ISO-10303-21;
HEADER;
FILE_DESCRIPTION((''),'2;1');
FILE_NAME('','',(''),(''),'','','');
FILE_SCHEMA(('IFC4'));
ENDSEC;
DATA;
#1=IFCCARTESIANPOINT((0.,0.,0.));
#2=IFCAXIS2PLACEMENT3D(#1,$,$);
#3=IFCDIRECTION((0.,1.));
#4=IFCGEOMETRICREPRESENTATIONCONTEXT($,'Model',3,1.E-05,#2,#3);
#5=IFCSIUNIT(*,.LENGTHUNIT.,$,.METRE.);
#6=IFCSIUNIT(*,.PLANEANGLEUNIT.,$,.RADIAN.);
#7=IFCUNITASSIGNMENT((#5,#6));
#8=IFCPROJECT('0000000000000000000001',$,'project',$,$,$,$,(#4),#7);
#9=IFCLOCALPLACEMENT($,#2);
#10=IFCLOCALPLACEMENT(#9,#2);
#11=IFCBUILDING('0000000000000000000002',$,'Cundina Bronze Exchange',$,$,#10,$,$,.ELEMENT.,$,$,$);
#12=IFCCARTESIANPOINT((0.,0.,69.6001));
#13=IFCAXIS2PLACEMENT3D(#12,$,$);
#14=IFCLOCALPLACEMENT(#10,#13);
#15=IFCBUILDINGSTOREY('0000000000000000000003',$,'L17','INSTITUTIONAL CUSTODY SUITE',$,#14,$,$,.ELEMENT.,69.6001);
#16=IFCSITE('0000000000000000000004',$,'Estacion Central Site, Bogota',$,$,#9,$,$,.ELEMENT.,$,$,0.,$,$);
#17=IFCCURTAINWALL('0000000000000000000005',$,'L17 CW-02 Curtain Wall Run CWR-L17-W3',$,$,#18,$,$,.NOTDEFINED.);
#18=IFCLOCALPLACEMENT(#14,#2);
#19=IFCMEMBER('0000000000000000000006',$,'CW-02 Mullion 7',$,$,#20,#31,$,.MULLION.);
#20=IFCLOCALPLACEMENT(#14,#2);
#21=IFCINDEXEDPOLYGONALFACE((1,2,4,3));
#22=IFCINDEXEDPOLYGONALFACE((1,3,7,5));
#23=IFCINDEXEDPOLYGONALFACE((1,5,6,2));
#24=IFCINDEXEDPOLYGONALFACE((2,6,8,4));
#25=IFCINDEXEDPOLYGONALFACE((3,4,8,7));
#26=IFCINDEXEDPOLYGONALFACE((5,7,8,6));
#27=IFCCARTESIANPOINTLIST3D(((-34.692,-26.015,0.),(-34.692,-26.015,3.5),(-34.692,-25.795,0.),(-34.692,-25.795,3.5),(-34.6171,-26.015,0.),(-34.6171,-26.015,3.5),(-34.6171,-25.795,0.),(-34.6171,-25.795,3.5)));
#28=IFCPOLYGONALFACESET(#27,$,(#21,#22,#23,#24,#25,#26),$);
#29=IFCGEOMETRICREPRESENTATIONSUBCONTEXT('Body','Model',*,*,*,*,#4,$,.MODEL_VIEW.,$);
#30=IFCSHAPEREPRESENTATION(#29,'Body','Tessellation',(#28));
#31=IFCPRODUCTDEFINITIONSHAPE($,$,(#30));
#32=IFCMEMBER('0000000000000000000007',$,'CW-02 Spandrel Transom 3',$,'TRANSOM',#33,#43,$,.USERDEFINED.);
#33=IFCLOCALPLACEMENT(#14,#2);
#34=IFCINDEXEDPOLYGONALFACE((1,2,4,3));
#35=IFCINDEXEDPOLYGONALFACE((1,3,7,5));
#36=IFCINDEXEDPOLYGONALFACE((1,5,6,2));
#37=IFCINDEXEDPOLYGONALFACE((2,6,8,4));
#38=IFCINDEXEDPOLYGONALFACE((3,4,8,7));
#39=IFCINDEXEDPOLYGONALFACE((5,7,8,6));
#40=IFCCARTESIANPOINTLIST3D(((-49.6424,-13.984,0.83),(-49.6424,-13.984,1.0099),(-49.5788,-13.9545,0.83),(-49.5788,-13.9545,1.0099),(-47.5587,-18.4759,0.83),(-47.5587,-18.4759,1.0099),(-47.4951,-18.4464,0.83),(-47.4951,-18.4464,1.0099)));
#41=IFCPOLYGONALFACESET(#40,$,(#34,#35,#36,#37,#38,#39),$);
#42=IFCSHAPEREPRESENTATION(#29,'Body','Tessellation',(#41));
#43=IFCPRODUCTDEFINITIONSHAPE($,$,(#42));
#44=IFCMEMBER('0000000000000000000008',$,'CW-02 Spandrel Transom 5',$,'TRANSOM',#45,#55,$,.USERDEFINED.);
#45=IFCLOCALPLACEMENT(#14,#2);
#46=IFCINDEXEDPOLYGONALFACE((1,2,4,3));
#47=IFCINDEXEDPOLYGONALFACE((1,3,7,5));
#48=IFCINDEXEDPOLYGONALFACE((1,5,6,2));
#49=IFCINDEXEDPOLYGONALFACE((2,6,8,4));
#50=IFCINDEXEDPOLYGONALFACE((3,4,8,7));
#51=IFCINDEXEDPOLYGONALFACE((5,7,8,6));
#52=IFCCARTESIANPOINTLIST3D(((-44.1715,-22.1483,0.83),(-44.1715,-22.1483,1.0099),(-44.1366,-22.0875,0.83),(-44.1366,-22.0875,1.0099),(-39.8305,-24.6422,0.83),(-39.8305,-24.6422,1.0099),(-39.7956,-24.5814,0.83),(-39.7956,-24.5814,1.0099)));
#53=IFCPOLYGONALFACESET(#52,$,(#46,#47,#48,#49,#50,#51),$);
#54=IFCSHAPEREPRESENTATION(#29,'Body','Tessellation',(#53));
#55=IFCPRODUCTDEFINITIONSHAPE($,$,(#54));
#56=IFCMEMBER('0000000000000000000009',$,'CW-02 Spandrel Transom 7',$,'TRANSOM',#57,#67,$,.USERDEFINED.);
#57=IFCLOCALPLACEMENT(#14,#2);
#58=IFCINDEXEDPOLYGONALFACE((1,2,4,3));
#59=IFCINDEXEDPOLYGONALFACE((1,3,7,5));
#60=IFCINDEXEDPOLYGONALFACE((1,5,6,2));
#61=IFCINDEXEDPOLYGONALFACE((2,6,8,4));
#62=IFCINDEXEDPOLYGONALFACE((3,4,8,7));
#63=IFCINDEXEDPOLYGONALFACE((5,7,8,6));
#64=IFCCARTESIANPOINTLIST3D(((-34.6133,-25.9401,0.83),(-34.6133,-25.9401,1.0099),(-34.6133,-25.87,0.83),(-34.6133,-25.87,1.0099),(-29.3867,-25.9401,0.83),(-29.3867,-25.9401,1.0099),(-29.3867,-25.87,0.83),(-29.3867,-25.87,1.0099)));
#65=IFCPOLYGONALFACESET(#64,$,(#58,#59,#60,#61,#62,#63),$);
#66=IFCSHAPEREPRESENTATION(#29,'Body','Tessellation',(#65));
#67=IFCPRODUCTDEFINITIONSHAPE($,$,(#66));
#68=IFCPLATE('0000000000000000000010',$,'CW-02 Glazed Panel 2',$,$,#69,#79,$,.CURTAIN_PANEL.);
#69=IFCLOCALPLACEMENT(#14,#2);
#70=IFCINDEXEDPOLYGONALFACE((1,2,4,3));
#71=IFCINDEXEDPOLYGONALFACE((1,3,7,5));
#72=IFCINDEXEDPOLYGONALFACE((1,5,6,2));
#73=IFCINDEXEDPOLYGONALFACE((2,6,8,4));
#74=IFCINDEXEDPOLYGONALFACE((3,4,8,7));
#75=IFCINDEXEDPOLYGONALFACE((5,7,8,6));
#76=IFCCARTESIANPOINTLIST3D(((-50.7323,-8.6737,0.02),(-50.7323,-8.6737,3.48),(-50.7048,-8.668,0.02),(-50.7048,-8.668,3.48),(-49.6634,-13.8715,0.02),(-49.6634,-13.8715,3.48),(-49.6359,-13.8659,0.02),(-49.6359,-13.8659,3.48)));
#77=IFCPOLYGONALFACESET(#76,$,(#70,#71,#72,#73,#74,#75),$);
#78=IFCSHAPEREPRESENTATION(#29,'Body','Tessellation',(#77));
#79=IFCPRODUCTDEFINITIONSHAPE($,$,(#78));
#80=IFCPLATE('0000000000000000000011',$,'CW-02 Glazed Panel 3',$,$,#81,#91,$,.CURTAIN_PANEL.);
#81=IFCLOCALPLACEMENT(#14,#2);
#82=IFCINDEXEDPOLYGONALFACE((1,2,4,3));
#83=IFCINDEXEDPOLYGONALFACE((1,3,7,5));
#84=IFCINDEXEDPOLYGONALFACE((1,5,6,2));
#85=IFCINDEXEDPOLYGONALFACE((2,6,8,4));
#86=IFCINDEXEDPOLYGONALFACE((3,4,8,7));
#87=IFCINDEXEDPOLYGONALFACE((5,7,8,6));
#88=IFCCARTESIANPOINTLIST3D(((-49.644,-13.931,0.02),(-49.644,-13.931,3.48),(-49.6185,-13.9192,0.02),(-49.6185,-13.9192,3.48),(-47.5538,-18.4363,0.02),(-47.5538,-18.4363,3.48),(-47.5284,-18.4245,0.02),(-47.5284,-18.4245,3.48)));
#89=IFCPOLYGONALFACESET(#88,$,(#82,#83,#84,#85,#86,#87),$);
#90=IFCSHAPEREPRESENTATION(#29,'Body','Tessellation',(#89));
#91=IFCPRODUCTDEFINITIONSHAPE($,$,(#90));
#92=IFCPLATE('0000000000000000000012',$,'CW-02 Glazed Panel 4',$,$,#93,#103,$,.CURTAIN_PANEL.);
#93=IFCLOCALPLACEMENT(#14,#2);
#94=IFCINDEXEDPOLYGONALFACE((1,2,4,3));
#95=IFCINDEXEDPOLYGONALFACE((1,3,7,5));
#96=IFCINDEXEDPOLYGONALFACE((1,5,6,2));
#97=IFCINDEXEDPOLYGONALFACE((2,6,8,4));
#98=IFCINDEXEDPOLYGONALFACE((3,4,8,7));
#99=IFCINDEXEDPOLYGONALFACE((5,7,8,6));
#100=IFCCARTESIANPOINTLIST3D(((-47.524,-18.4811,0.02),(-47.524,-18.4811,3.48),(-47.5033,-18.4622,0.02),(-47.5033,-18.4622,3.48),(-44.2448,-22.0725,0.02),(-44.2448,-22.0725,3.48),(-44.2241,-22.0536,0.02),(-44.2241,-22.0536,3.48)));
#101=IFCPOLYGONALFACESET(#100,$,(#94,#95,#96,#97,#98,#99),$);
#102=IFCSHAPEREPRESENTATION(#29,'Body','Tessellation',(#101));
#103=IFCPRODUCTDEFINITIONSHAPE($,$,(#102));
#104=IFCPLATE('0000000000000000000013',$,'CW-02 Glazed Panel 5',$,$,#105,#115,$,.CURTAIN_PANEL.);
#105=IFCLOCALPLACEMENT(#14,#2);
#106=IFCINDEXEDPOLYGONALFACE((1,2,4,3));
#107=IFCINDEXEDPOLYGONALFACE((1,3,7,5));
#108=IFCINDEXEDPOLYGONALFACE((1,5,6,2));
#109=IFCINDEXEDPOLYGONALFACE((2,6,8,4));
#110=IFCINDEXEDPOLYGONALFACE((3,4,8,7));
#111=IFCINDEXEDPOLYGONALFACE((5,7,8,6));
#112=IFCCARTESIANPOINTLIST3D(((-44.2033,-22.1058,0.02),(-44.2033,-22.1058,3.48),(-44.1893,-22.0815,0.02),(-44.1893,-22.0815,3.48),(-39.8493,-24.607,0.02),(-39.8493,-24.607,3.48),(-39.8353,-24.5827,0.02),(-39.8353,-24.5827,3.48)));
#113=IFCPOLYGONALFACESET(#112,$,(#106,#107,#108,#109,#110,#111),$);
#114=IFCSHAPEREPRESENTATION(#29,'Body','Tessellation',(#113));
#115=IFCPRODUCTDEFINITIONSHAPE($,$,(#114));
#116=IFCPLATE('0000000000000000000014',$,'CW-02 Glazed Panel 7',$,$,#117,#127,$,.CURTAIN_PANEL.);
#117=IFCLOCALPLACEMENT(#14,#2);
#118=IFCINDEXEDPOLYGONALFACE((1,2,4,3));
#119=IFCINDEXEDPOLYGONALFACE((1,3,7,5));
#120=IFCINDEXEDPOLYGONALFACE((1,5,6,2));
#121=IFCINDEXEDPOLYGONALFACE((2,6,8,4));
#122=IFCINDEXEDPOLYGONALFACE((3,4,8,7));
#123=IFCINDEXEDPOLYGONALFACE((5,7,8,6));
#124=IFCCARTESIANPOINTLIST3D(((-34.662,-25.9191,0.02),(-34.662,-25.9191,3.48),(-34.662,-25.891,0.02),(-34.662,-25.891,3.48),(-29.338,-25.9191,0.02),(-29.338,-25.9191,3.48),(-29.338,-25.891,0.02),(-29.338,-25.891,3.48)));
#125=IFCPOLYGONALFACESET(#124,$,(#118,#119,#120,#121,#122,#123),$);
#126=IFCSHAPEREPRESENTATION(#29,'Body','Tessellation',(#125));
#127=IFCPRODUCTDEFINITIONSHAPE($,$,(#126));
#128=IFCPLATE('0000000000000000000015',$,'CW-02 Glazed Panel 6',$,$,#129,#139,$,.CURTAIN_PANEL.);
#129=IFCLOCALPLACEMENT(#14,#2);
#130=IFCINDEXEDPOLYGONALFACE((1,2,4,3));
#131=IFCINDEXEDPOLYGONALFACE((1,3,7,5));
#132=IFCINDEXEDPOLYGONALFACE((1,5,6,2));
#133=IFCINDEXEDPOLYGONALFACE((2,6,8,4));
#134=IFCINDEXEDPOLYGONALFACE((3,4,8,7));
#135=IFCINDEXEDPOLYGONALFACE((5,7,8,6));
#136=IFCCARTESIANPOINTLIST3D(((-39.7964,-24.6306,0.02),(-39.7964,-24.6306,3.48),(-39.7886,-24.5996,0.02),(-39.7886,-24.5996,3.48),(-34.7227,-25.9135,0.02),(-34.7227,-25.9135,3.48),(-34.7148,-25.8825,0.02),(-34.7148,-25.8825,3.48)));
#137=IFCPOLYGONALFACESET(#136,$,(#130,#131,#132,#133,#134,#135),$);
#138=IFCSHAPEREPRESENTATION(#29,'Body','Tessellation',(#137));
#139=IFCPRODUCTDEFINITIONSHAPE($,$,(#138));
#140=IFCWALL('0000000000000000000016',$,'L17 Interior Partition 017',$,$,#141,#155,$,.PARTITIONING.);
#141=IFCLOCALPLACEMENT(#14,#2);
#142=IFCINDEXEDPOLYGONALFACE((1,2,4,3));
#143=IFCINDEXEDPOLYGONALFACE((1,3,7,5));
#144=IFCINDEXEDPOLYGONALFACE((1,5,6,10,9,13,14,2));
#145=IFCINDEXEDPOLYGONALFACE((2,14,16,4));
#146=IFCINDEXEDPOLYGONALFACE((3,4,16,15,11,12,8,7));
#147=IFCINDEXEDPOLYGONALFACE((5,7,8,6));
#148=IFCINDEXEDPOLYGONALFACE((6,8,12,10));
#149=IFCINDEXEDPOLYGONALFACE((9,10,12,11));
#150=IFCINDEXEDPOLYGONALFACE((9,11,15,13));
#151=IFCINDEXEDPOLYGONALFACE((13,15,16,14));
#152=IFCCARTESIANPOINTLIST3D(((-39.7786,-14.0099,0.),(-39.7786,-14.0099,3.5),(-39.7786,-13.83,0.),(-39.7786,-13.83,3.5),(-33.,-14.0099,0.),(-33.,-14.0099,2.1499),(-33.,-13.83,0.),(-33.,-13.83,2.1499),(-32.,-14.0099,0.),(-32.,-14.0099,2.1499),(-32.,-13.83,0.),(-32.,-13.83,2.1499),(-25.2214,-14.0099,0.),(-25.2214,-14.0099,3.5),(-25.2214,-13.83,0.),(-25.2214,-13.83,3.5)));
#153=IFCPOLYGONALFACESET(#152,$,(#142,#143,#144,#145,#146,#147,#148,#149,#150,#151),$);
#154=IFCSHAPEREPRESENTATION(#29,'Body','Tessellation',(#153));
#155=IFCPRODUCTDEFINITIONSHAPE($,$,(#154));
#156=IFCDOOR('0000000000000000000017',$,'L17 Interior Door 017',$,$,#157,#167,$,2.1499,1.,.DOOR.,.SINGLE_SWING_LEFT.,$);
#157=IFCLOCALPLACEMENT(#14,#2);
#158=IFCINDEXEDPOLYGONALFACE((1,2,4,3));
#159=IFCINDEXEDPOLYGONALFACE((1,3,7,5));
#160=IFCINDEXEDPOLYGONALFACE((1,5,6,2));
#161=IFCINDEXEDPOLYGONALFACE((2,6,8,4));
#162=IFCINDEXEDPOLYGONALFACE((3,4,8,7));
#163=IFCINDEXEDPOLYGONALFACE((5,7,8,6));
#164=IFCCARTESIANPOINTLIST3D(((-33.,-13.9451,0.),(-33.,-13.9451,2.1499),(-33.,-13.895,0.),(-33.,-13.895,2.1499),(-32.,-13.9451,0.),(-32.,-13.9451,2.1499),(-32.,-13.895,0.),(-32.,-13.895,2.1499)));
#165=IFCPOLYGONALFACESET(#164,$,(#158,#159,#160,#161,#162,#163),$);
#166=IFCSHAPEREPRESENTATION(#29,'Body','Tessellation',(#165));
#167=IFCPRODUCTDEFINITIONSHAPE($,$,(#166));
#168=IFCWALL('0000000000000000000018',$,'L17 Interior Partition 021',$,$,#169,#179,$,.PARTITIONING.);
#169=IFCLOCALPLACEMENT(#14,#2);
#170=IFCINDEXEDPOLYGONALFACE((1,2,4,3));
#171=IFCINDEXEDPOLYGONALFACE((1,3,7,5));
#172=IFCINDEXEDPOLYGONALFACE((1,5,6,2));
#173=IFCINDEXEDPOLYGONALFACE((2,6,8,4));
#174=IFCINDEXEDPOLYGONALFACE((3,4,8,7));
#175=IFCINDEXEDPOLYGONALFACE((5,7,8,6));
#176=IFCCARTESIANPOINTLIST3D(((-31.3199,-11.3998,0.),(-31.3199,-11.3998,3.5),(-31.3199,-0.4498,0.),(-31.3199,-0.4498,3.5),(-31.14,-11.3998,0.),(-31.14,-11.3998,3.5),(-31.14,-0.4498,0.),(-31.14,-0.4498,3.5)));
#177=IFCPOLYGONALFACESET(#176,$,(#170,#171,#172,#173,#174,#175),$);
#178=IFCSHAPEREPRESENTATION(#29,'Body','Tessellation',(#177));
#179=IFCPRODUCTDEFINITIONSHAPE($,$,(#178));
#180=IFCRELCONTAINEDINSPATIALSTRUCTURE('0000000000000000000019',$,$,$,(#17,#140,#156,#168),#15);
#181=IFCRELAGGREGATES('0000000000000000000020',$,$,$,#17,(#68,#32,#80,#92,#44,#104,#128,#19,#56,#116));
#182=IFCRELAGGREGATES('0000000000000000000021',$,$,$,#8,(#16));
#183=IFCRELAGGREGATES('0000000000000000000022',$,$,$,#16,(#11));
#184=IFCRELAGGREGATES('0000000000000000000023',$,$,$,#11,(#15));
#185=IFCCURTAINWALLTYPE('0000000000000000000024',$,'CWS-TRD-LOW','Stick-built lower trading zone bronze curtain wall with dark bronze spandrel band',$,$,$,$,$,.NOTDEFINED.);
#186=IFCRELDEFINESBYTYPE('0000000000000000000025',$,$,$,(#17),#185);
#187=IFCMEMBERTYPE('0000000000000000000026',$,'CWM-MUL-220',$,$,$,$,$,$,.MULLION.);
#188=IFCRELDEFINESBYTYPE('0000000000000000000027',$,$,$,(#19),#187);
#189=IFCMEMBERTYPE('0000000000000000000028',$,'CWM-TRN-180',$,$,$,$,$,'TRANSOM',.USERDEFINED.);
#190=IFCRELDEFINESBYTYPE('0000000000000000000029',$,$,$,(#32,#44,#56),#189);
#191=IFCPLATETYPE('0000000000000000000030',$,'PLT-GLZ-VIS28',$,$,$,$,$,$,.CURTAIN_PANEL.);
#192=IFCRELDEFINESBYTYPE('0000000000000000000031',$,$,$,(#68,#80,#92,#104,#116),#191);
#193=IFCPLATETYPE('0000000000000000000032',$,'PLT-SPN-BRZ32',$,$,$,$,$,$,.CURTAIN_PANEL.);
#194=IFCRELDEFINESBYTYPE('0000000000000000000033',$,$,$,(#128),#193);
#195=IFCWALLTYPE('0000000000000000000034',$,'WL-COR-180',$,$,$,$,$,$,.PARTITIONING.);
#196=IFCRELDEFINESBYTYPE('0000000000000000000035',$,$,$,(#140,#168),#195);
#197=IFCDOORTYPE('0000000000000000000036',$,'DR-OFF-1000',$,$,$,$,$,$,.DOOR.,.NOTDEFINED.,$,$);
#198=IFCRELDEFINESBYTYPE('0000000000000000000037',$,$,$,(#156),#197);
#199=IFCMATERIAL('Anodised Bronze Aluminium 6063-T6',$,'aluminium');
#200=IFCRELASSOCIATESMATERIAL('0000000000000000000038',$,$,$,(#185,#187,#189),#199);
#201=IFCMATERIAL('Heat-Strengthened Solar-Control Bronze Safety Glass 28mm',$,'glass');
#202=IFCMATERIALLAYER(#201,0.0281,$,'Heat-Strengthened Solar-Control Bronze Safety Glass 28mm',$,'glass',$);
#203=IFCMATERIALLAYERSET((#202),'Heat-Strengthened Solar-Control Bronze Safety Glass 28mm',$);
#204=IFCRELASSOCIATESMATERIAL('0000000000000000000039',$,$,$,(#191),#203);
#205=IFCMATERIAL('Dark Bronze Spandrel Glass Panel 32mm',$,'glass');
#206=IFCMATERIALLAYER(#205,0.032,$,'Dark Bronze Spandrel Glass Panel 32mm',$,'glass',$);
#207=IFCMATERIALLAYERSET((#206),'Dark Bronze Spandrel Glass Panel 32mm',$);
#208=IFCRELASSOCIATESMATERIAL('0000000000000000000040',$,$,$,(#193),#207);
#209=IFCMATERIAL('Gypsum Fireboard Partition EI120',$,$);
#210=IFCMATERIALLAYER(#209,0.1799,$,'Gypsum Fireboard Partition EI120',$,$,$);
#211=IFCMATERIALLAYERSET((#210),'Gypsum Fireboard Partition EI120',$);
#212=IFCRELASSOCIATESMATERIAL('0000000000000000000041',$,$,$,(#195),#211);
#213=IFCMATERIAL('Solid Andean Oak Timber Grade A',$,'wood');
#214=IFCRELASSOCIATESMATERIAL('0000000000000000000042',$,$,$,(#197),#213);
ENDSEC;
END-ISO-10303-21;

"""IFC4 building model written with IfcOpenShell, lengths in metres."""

from ifc_helpers import new_model, si_unit, direction, frame, frame_2d, origin, origin_2d, place, context, subcontext, project, spatial, rectangle, extrude, material, layer, layer_set, material_profile, profile_set, type_object, element, fill, aggregate, save


model = new_model("IFC4")

# Units and contexts
model_context = context("Model", 3, precision=1e-05, world=origin(), true_north=direction((0.0, 1.0)))
body_context = subcontext(model_context, "Body", "Model", "MODEL_VIEW")
ifc_project = project(units=[si_unit("LENGTHUNIT", "METRE"), si_unit("PLANEANGLEUNIT", "RADIAN")], contexts=[model_context])

# Site, building, storey
site_placement = place(None, origin())
site = spatial("IfcSite", under=ifc_project, at=site_placement, Name="Estacion Central Site, Bogota", CompositionType="ELEMENT", RefElevation=0.0)
building_placement = place(site_placement, origin())
building = spatial("IfcBuilding", under=site, at=building_placement, Name="Cundina Bronze Exchange", CompositionType="ELEMENT")
storey_placement = place(building_placement, frame((0.0, 0.0, 69.6001)))
storey = spatial("IfcBuildingStorey", under=building, at=storey_placement, Name="L17", Description="INSTITUTIONAL CUSTODY SUITE", CompositionType="ELEMENT", Elevation=69.6001)

# Curtain wall, members, plates
ifc_material_1 = material(Name="Anodised Bronze Aluminium 6063-T6", Category="aluminium")
curtain_wall_type = type_object("IfcCurtainWallType", Name="CWS-TRD-LOW", Description="Stick-built lower trading zone bronze curtain wall with dark bronze spandrel band", PredefinedType="NOTDEFINED", material=ifc_material_1)
curtain_wall_placement = place(storey_placement, origin())
curtain_wall = element("IfcCurtainWall", 1, at=curtain_wall_placement, inside=storey, type_object=curtain_wall_type, Name="L17 CW-02 Curtain Wall Run CWR-L17-W3", PredefinedType="NOTDEFINED")
ifc_material_profile_1 = material_profile(ifc_material_1, rectangle(XDim=0.075, YDim=0.22, at=origin_2d()), Name="AL75X220", Category="aluminium")
ifc_profile_set_1 = profile_set([ifc_material_profile_1], Name="Anodised Bronze Aluminium 6063-T6")
member_type_1 = type_object("IfcMemberType", Name="CWM-MUL-220", PredefinedType="MULLION", material=ifc_profile_set_1)
member_1_placement = place(storey_placement, frame((-34.6545, -25.905, 0.0), z_axis=(0.0, 0.0, 1.0), x_axis=(1.0, 0.0, 0.0)))
member_1 = element("IfcMember", 2, at=member_1_placement, type_object=member_type_1, Name="CW-02 Mullion 7", PredefinedType="MULLION", context=body_context, shape_type="SweptSolid", body=[
    extrude(rectangle(XDim=0.075, YDim=0.22, at=origin_2d()), origin(), (0.0, 0.0, 1.0), 3.5),
])
ifc_material_profile_2 = material_profile(ifc_material_1, rectangle(XDim=0.0701, YDim=0.1799, at=origin_2d()), Name="AL70X180", Category="aluminium")
ifc_profile_set_2 = profile_set([ifc_material_profile_2], Name="Anodised Bronze Aluminium 6063-T6")
member_type_2 = type_object("IfcMemberType", Name="CWM-TRN-180", ElementType="TRANSOM", PredefinedType="USERDEFINED", material=ifc_profile_set_2)
member_2_placement = place(storey_placement, frame((-49.6106, -13.9692, 0.9199), z_axis=(0.420811, -0.907148, 0.0), x_axis=(0.907148, 0.420811, 0.0)))
member_2 = element("IfcMember", 3, at=member_2_placement, type_object=member_type_2, Name="CW-02 Spandrel Transom 3", ObjectType="TRANSOM", PredefinedType="USERDEFINED", context=body_context, shape_type="SweptSolid", body=[
    extrude(rectangle(XDim=0.0701, YDim=0.1799, at=origin_2d()), origin(), (0.0, 0.0, 1.0), 4.9517),
])
member_3_placement = place(storey_placement, frame((-44.1541, -22.1179, 0.9199), z_axis=(0.867097, -0.498139, 0.0), x_axis=(0.498139, 0.867097, 0.0)))
member_3 = element("IfcMember", 4, at=member_3_placement, type_object=member_type_2, Name="CW-02 Spandrel Transom 5", ObjectType="TRANSOM", PredefinedType="USERDEFINED", context=body_context, shape_type="SweptSolid", body=[
    extrude(rectangle(XDim=0.0701, YDim=0.1799, at=origin_2d()), origin(), (0.0, 0.0, 1.0), 5.0063),
])
member_4_placement = place(storey_placement, frame((-34.6133, -25.905, 0.9199), z_axis=(1.0, 0.0, 0.0), x_axis=(0.0, 1.0, 0.0)))
member_4 = element("IfcMember", 5, at=member_4_placement, type_object=member_type_2, Name="CW-02 Spandrel Transom 7", ObjectType="TRANSOM", PredefinedType="USERDEFINED", context=body_context, shape_type="SweptSolid", body=[
    extrude(rectangle(XDim=0.0701, YDim=0.1799, at=origin_2d()), origin(), (0.0, 0.0, 1.0), 5.2266),
])
ifc_material_2 = material(Name="Heat-Strengthened Solar-Control Bronze Safety Glass 28mm", Category="glass")
ifc_layer_1 = layer(ifc_material_2, 0.0281, Name="Heat-Strengthened Solar-Control Bronze Safety Glass 28mm", Category="glass")
ifc_layer_set_1 = layer_set([ifc_layer_1], Name="Heat-Strengthened Solar-Control Bronze Safety Glass 28mm")
plate_type_1 = type_object("IfcPlateType", Name="PLT-GLZ-VIS28", PredefinedType="CURTAIN_PANEL", material=ifc_layer_set_1)
plate_1_placement = place(storey_placement, frame((-50.1841, -11.2698, 0.02), z_axis=(0.0, 0.0, 1.0), x_axis=(0.20142, -0.979505, 0.0)))
plate_1 = element("IfcPlate", 6, at=plate_1_placement, type_object=plate_type_1, Name="CW-02 Glazed Panel 2", PredefinedType="CURTAIN_PANEL", context=body_context, shape_type="SweptSolid", body=[
    extrude(rectangle(XDim=5.3066, YDim=0.0281, at=origin_2d()), origin(), (0.0, 0.0, 1.0), 3.46),
])
plate_2_placement = place(storey_placement, frame((-48.5862, -16.1777, 0.02), z_axis=(0.0, 0.0, 1.0), x_axis=(0.420846, -0.907132, 0.0)))
plate_2 = element("IfcPlate", 7, at=plate_2_placement, type_object=plate_type_1, Name="CW-02 Glazed Panel 3", PredefinedType="CURTAIN_PANEL", context=body_context, shape_type="SweptSolid", body=[
    extrude(rectangle(XDim=4.9666, YDim=0.0281, at=origin_2d()), origin(), (0.0, 0.0, 1.0), 3.46),
])
plate_3_placement = place(storey_placement, frame((-45.874, -20.2673, 0.02), z_axis=(0.0, 0.0, 1.0), x_axis=(0.674277, -0.738479, 0.0)))
plate_3 = element("IfcPlate", 8, at=plate_3_placement, type_object=plate_type_1, Name="CW-02 Glazed Panel 4", PredefinedType="CURTAIN_PANEL", context=body_context, shape_type="SweptSolid", body=[
    extrude(rectangle(XDim=4.8633, YDim=0.0281, at=origin_2d()), origin(), (0.0, 0.0, 1.0), 3.46),
])
plate_4_placement = place(storey_placement, frame((-42.0193, -23.3442, 0.02), z_axis=(0.0, 0.0, 1.0), x_axis=(0.867105, -0.498125, 0.0)))
plate_4 = element("IfcPlate", 9, at=plate_4_placement, type_object=plate_type_1, Name="CW-02 Glazed Panel 5", PredefinedType="CURTAIN_PANEL", context=body_context, shape_type="SweptSolid", body=[
    extrude(rectangle(XDim=5.0212, YDim=0.0281, at=origin_2d()), origin(), (0.0, 0.0, 1.0), 3.46),
])
plate_5_placement = place(storey_placement, frame((-32.0, -25.905, 0.02), z_axis=(0.0, 0.0, 1.0), x_axis=(1.0, 0.0, 0.0)))
plate_5 = element("IfcPlate", 10, at=plate_5_placement, type_object=plate_type_1, Name="CW-02 Glazed Panel 7", PredefinedType="CURTAIN_PANEL", context=body_context, shape_type="SweptSolid", body=[
    extrude(rectangle(XDim=5.324, YDim=0.0281, at=origin_2d()), origin(), (0.0, 0.0, 1.0), 3.46),
])
ifc_material_3 = material(Name="Dark Bronze Spandrel Glass Panel 32mm", Category="glass")
ifc_layer_2 = layer(ifc_material_3, 0.032, Name="Dark Bronze Spandrel Glass Panel 32mm", Category="glass")
ifc_layer_set_2 = layer_set([ifc_layer_2], Name="Dark Bronze Spandrel Glass Panel 32mm")
plate_type_2 = type_object("IfcPlateType", Name="PLT-SPN-BRZ32", PredefinedType="CURTAIN_PANEL", material=ifc_layer_set_2)
plate_6_placement = place(storey_placement, frame((-37.2556, -25.2566, 0.02), z_axis=(0.0, 0.0, 1.0), x_axis=(0.969488, -0.245138, 0.0)))
plate_6 = element("IfcPlate", 11, at=plate_6_placement, type_object=plate_type_2, Name="CW-02 Glazed Panel 6", PredefinedType="CURTAIN_PANEL", context=body_context, shape_type="SweptSolid", body=[
    extrude(rectangle(XDim=5.2334, YDim=0.032, at=origin_2d()), origin(), (0.0, 0.0, 1.0), 3.46),
])
aggregate(curtain_wall, [plate_1, member_2, plate_2, plate_3, member_3, plate_4, plate_6, member_1, member_4, plate_5])

# Wall, opening, door
ifc_material_4 = material(Name="Gypsum Fireboard Partition EI120")
ifc_layer_3 = layer(ifc_material_4, 0.1799, Name="Gypsum Fireboard Partition EI120")
ifc_layer_set_3 = layer_set([ifc_layer_3], Name="Gypsum Fireboard Partition EI120")
wall_type = type_object("IfcWallType", Name="WL-COR-180", PredefinedType="PARTITIONING", material=ifc_layer_set_3)
wall_1_placement = place(storey_placement, frame((-39.7786, -13.9199, 0.0), z_axis=(0.0, 0.0, 1.0), x_axis=(1.0, 0.0, 0.0)))
wall_1 = element("IfcWall", 12, at=wall_1_placement, inside=storey, type_object=wall_type, Name="L17 Interior Partition 017", PredefinedType="PARTITIONING", context=body_context, shape_type="SweptSolid", body=[
    extrude(rectangle(XDim=14.5571, YDim=0.1799, at=frame_2d((7.2786, 0.0))), origin(), (0.0, 0.0, 1.0), 3.5),
])
opening_placement = place(wall_1_placement, frame((6.7786, 0.0, 0.0)))
opening = element("IfcOpeningElement", 13, at=opening_placement, cuts=wall_1, PredefinedType="OPENING", context=body_context, shape_type="SweptSolid", body=[
    extrude(rectangle(XDim=1.0, YDim=2.1499, at=frame_2d((0.5, 1.075))), frame((0.0, 0.0999, 0.0), z_axis=(0.0, -1.0, 0.0), x_axis=(1.0, 0.0, 0.0)), (0.0, 0.0, 1.0), 0.2),
])
ifc_material_5 = material(Name="Solid Andean Oak Timber Grade A", Category="wood")
door_type = type_object("IfcDoorType", Name="DR-OFF-1000", OperationType="NOTDEFINED", PredefinedType="DOOR", material=ifc_material_5)
door_placement = place(opening_placement, origin())
door = element("IfcDoor", 14, at=door_placement, inside=storey, type_object=door_type, Name="L17 Interior Door 017", OperationType="SINGLE_SWING_LEFT", OverallHeight=2.1499, OverallWidth=1.0, PredefinedType="DOOR", context=body_context, shape_type="SweptSolid", body=[
    extrude(rectangle(XDim=1.0, YDim=2.1499, at=frame_2d((0.5, 1.075))), frame((0.0, 0.0249, 0.0), z_axis=(0.0, -1.0, 0.0), x_axis=(1.0, 0.0, 0.0)), (0.0, 0.0, 1.0), 0.05),
])
fill(opening, door)

# Wall
wall_2_placement = place(storey_placement, frame((-31.23, -11.3999, 0.0), z_axis=(0.0, 0.0, 1.0), x_axis=(0.0, 1.0, 0.0)))
element("IfcWall", 15, at=wall_2_placement, inside=storey, type_object=wall_type, Name="L17 Interior Partition 021", PredefinedType="PARTITIONING", context=body_context, shape_type="SweptSolid", body=[
    extrude(rectangle(XDim=10.95, YDim=0.1799, at=frame_2d((5.4751, 0.0))), origin(), (0.0, 0.0, 1.0), 3.5),
])

save(model, "model.ifc")
